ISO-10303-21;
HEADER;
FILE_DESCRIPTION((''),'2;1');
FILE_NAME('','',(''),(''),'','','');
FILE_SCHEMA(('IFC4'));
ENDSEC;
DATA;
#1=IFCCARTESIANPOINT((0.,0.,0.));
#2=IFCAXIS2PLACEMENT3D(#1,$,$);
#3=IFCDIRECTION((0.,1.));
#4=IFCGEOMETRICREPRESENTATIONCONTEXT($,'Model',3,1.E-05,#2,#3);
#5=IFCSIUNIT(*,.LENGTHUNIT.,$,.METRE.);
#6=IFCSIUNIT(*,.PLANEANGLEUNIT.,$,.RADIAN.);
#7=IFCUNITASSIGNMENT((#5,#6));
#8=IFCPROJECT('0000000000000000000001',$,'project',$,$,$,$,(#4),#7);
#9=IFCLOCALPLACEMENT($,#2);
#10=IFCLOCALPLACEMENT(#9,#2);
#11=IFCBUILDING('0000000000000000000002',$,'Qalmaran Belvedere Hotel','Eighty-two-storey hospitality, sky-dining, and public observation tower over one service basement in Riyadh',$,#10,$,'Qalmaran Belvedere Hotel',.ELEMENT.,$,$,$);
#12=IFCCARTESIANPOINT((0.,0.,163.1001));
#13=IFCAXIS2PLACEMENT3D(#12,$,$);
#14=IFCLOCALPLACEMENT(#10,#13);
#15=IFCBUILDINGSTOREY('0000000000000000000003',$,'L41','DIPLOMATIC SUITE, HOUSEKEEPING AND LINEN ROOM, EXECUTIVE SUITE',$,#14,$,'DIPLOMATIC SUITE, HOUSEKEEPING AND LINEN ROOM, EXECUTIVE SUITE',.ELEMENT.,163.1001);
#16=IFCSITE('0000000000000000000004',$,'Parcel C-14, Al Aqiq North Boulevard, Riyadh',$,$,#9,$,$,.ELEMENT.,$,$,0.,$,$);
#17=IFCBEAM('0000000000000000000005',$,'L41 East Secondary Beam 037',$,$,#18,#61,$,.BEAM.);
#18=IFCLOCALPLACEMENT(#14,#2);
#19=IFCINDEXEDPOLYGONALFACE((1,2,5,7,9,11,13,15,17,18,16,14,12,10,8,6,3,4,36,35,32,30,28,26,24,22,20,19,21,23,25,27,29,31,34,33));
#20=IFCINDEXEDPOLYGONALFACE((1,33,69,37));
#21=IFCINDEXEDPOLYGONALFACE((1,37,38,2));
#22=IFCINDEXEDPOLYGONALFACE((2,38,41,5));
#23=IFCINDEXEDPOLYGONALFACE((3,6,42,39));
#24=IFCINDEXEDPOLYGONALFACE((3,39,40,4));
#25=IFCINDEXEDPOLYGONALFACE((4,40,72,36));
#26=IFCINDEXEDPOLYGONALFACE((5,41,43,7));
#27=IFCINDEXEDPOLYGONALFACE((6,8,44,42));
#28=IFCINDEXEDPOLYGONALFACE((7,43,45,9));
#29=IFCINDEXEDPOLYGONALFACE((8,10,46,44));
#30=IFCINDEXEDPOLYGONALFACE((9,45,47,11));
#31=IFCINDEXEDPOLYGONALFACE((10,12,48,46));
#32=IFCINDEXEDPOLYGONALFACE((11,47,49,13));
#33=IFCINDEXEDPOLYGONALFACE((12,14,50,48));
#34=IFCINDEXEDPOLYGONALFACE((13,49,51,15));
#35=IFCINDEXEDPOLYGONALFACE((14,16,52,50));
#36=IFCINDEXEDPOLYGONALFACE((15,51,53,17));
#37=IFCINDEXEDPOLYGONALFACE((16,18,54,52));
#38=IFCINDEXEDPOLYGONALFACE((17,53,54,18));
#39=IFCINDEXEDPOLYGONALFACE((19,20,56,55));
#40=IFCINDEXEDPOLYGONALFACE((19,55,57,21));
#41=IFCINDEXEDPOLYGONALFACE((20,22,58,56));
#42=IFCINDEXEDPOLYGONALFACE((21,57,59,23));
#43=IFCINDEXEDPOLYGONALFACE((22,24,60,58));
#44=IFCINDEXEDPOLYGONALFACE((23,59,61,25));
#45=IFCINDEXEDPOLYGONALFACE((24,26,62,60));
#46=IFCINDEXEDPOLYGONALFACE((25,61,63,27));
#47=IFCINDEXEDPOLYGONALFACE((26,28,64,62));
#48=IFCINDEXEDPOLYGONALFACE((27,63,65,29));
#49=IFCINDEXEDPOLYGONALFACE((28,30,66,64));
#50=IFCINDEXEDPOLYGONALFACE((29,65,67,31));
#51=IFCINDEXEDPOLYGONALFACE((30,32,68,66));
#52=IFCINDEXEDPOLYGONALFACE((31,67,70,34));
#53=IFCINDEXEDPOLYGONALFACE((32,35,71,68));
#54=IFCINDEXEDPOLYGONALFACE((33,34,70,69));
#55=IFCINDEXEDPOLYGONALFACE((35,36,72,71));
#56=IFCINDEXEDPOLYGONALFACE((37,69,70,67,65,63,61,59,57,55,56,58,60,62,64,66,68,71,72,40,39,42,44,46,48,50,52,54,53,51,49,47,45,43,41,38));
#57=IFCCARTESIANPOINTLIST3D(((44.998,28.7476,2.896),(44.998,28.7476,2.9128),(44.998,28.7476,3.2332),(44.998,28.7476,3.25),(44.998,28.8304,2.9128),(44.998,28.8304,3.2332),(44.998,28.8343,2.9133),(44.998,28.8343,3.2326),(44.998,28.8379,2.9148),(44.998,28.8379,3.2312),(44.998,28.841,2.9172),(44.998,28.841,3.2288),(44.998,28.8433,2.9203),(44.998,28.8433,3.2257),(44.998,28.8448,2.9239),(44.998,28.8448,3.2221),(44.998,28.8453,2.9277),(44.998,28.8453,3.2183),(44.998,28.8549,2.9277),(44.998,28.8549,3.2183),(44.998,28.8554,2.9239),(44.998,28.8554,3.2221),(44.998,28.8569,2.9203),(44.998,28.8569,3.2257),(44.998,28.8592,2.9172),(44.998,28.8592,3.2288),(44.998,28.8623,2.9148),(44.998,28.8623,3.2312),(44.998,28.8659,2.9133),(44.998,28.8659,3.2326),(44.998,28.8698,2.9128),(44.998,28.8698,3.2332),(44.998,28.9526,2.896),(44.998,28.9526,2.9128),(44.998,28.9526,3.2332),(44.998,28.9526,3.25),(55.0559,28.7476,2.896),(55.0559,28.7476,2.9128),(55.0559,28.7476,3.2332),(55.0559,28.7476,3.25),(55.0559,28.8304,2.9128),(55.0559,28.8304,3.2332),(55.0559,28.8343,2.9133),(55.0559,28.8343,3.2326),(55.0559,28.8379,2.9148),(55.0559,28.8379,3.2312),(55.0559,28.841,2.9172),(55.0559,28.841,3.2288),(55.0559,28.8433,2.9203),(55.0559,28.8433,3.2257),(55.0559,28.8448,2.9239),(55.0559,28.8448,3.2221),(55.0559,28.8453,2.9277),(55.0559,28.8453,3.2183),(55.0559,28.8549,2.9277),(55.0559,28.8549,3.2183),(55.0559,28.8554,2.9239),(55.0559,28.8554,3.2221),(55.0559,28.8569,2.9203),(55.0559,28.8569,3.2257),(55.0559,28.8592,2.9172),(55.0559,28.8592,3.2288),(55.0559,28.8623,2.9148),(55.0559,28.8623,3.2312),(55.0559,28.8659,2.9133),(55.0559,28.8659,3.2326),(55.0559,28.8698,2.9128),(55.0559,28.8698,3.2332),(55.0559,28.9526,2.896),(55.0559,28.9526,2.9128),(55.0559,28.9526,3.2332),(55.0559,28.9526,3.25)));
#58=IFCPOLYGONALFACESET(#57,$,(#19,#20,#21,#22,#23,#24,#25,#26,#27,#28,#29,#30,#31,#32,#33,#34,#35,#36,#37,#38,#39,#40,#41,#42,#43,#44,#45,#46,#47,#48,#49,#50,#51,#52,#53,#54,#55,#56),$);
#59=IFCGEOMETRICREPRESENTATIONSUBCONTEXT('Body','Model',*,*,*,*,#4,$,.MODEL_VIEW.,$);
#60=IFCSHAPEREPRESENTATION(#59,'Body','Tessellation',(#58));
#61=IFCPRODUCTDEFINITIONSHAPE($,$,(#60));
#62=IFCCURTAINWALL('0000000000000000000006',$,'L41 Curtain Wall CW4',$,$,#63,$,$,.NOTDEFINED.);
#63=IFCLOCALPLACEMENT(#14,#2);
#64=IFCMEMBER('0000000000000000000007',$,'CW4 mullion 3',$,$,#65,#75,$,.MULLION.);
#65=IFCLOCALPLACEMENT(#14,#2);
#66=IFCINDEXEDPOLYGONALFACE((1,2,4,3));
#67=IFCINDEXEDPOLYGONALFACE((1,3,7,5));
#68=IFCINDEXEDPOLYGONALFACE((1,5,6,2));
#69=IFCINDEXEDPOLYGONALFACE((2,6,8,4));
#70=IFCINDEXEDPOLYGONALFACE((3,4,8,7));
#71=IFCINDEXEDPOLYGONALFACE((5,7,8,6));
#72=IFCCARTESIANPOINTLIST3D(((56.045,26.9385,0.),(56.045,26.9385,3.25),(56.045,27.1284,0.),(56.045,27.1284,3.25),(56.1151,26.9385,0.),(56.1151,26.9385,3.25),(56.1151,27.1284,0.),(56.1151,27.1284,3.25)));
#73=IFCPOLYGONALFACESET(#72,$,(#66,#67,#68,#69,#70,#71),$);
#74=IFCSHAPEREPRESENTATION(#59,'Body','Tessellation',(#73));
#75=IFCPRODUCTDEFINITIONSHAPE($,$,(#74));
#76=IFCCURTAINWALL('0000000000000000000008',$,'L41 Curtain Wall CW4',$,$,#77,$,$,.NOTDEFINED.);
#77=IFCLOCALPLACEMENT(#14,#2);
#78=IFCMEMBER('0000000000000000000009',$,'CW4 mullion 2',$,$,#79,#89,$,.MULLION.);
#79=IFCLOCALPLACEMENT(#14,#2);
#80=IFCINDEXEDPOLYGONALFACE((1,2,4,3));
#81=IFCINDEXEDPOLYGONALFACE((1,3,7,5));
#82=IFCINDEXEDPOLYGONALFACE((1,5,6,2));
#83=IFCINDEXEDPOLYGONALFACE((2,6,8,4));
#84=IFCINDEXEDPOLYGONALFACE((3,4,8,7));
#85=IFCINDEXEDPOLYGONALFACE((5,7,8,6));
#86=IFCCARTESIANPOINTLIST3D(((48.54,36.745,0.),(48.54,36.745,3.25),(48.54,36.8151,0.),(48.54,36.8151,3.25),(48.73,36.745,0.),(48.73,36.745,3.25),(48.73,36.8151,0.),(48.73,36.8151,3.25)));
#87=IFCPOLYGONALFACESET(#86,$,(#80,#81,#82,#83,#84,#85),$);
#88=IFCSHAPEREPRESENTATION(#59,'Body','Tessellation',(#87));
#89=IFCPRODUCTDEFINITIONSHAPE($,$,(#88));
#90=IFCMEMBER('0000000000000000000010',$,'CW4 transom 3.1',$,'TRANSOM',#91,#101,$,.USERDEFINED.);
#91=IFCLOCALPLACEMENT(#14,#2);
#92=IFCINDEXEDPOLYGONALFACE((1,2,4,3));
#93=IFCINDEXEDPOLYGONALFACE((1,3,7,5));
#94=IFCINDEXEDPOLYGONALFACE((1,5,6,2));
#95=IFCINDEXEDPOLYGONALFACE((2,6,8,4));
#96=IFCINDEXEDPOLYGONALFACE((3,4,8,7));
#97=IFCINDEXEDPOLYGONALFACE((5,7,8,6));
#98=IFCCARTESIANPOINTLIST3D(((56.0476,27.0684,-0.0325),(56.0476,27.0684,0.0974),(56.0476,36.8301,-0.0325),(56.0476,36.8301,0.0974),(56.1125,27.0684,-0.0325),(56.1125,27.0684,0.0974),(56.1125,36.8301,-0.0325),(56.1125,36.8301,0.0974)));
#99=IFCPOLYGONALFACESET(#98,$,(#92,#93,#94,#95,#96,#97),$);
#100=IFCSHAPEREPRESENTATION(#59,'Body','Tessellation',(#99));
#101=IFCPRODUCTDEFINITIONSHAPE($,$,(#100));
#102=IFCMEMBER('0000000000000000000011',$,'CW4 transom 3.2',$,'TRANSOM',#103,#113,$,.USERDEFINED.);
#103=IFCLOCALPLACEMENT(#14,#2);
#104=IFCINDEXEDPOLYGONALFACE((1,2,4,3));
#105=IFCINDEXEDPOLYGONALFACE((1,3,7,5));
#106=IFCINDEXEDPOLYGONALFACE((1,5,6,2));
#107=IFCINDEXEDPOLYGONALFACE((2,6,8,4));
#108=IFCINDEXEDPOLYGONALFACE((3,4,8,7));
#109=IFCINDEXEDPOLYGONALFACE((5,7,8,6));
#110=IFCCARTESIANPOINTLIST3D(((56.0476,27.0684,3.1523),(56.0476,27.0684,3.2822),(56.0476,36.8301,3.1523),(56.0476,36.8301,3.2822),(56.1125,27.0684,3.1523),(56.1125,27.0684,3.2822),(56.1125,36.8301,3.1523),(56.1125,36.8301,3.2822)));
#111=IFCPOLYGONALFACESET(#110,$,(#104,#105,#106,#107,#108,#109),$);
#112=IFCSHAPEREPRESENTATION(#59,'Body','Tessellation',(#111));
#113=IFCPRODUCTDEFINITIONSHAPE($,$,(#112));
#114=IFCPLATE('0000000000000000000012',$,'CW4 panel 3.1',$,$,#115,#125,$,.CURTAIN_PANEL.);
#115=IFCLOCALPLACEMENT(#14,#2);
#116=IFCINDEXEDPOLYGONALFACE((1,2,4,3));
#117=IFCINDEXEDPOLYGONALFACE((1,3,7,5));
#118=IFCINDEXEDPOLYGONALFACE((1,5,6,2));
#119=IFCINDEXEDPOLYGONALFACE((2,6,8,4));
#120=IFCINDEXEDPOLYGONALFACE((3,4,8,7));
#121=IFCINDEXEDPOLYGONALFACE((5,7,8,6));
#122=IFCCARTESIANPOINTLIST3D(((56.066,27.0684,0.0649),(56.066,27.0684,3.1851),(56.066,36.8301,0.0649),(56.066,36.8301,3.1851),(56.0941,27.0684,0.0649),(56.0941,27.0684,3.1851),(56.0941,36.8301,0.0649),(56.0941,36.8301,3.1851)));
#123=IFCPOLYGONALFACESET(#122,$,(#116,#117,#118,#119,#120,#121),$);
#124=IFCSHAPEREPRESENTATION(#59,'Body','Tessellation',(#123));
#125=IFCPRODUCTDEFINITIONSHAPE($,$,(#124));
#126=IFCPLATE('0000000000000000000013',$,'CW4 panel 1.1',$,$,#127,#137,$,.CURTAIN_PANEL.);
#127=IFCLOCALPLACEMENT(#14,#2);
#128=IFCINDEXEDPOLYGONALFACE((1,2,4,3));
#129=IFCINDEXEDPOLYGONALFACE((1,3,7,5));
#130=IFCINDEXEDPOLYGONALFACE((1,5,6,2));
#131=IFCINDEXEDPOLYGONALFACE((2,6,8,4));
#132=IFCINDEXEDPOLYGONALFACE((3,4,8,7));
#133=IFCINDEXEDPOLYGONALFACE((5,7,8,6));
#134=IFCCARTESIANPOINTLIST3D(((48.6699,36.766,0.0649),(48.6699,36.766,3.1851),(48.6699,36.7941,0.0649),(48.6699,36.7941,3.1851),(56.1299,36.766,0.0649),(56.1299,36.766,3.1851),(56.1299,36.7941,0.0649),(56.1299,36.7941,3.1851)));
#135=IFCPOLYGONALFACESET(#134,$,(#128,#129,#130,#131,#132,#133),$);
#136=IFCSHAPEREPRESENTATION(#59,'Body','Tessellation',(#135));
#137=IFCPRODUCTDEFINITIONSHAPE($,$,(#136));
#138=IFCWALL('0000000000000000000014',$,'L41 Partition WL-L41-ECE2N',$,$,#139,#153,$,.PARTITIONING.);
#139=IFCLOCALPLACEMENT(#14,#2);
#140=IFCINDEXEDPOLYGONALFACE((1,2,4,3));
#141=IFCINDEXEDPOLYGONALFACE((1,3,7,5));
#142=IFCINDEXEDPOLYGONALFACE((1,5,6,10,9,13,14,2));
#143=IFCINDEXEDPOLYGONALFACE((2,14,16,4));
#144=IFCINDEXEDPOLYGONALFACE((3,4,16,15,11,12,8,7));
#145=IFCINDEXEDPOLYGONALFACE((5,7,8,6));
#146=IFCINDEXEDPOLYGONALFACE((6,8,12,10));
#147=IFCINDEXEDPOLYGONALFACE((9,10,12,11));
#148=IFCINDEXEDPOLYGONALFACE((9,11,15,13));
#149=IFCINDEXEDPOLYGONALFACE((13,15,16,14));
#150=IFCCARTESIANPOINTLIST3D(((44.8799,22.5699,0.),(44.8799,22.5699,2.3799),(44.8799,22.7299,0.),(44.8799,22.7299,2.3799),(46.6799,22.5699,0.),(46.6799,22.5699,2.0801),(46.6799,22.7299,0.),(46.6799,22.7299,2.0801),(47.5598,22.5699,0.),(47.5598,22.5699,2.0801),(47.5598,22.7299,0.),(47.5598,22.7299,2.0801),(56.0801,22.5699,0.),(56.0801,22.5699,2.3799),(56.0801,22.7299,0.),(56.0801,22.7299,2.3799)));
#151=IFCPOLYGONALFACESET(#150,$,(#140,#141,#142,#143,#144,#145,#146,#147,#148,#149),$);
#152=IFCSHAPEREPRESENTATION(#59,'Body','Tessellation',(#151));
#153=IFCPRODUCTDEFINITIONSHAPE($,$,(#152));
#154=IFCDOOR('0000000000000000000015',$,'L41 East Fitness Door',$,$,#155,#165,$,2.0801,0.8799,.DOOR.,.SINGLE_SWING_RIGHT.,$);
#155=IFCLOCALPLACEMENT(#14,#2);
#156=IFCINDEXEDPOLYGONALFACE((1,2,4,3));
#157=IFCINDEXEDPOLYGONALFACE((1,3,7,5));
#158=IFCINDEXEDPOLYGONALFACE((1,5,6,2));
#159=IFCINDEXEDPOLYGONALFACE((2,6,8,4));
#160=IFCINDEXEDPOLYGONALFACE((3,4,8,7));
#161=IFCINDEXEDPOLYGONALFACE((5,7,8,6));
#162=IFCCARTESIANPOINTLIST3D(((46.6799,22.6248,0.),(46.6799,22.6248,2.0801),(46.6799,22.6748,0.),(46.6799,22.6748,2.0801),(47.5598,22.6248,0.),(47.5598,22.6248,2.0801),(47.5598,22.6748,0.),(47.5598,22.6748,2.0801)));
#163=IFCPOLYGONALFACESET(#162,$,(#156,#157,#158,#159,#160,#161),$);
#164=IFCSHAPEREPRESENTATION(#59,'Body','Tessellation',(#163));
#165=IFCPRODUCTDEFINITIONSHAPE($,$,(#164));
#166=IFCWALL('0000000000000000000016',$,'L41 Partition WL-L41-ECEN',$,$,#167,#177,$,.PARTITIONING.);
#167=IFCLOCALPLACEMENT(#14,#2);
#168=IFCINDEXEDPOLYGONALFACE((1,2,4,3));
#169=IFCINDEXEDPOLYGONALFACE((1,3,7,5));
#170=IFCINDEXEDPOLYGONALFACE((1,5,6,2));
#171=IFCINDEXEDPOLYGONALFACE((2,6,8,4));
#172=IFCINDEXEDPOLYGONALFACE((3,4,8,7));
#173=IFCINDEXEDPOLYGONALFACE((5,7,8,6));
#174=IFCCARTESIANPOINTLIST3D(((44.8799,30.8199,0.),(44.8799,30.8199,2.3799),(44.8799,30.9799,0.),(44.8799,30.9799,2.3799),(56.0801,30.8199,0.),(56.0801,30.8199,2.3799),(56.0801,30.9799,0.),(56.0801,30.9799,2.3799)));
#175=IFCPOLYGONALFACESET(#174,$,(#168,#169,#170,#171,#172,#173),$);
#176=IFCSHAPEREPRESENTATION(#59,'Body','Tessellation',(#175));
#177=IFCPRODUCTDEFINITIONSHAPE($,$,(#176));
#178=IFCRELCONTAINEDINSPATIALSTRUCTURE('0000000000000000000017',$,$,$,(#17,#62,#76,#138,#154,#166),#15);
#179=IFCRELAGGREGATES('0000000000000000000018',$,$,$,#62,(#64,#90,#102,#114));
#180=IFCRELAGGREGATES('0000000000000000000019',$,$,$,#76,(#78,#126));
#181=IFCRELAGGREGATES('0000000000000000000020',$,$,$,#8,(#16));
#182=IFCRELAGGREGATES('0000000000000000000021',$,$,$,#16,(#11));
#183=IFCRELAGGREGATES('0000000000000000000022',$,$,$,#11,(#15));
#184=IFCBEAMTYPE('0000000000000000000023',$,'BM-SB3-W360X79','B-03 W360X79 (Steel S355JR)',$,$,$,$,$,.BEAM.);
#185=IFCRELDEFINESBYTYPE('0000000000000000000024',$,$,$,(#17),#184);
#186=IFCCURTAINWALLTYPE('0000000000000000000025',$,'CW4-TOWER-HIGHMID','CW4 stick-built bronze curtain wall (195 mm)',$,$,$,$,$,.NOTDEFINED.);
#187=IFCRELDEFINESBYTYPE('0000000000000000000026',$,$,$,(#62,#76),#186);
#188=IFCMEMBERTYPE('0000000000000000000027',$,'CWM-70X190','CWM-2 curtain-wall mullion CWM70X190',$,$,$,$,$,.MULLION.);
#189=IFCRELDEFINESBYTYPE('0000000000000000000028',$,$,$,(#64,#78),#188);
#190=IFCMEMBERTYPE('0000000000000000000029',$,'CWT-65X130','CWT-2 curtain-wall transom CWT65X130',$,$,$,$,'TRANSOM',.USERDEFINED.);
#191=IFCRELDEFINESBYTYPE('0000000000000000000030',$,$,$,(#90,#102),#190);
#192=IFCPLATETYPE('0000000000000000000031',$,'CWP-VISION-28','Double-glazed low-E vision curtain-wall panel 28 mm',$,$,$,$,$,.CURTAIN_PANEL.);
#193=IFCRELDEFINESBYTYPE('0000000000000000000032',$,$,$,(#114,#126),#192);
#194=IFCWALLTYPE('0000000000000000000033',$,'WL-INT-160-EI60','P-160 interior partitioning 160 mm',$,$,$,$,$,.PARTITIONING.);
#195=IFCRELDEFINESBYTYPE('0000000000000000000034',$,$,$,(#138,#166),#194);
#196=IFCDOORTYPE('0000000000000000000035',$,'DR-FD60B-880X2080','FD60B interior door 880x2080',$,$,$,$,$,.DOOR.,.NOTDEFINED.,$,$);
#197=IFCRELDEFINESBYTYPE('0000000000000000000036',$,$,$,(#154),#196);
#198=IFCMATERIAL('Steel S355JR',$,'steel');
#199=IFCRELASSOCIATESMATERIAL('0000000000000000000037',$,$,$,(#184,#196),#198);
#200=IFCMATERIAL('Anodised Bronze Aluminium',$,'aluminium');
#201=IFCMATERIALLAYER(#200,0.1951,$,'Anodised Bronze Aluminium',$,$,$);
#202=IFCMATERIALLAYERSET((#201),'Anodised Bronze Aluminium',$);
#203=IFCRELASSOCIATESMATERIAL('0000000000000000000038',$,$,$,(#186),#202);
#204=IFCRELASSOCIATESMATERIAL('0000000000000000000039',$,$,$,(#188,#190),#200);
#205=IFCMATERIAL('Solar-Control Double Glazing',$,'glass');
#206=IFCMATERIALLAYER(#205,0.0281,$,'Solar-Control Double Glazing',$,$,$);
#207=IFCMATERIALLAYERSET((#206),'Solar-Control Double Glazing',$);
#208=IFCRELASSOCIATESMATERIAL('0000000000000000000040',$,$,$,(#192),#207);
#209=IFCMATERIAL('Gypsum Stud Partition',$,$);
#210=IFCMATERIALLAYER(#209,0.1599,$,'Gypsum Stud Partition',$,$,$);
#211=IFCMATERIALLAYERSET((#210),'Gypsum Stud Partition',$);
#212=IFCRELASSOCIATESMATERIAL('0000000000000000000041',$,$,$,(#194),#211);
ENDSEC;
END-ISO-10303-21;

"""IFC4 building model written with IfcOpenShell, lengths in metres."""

from ifc_helpers import new_model, si_unit, direction, frame, frame_2d, origin, origin_2d, place, context, subcontext, project, spatial, rectangle, i_section, extrude, material, layer, layer_set, material_profile, profile_set, type_object, element, fill, aggregate, save


model = new_model("IFC4")

# Units and contexts
model_context = context("Model", 3, precision=1e-05, world=origin(), true_north=direction((0.0, 1.0)))
body_context = subcontext(model_context, "Body", "Model", "MODEL_VIEW")
ifc_project = project(units=[si_unit("LENGTHUNIT", "METRE"), si_unit("PLANEANGLEUNIT", "RADIAN")], contexts=[model_context])

# Site, building, storey
site_placement = place(None, origin())
site = spatial("IfcSite", under=ifc_project, at=site_placement, Name="Parcel C-14, Al Aqiq North Boulevard, Riyadh", CompositionType="ELEMENT", RefElevation=0.0)
building_placement = place(site_placement, origin())
building = spatial("IfcBuilding", under=site, at=building_placement, Name="Qalmaran Belvedere Hotel", Description="Eighty-two-storey hospitality, sky-dining, and public observation tower over one service basement in Riyadh", LongName="Qalmaran Belvedere Hotel", CompositionType="ELEMENT")
storey_placement = place(building_placement, frame((0.0, 0.0, 163.1001)))
storey = spatial("IfcBuildingStorey", under=building, at=storey_placement, Name="L41", Description="DIPLOMATIC SUITE, HOUSEKEEPING AND LINEN ROOM, EXECUTIVE SUITE", LongName="DIPLOMATIC SUITE, HOUSEKEEPING AND LINEN ROOM, EXECUTIVE SUITE", CompositionType="ELEMENT", Elevation=163.1001)

# Beam
ifc_material_1 = material(Name="Steel S355JR", Category="steel")
ifc_material_profile_1 = material_profile(ifc_material_1, i_section(OverallWidth=0.2051, OverallDepth=0.354, WebThickness=0.0095, FlangeThickness=0.0168, FilletRadius=0.0149, at=origin_2d()), Name="W360X79")
ifc_profile_set_1 = profile_set([ifc_material_profile_1], Name="Steel S355JR")
beam_type_1 = type_object("IfcBeamType", Name="BM-SB3-W360X79", Description="B-03 W360X79 (Steel S355JR)", PredefinedType="BEAM", material=ifc_profile_set_1)
for number, where, z_axis, x_axis, name in (
    (1, (44.998, 28.8501, 3.073), (1.0, 0.0, 0.0), (0.0, 1.0, 0.0), "L41 East Secondary Beam 037"),
):
    element("IfcBeam", number, at=place(storey_placement, frame(where, z_axis=z_axis, x_axis=x_axis)), inside=storey, type_object=beam_type_1, Name=name, PredefinedType="BEAM", context=body_context, shape_type="SweptSolid", body=[
        extrude(i_section(OverallWidth=0.2051, OverallDepth=0.354, WebThickness=0.0095, FlangeThickness=0.0168, FilletRadius=0.0149, at=origin_2d()), origin(), (0.0, 0.0, 1.0), 10.0579),
    ])

# Curtain walls, members
ifc_material_2 = material(Name="Anodised Bronze Aluminium", Category="aluminium")
ifc_layer_1 = layer(ifc_material_2, 0.1951, Name="Anodised Bronze Aluminium")
ifc_layer_set_1 = layer_set([ifc_layer_1], Name="Anodised Bronze Aluminium")
curtain_wall_type = type_object("IfcCurtainWallType", Name="CW4-TOWER-HIGHMID", Description="CW4 stick-built bronze curtain wall (195 mm)", PredefinedType="NOTDEFINED", material=ifc_layer_set_1)
curtain_wall_1_placement = place(storey_placement, origin())
curtain_wall_1 = element("IfcCurtainWall", 2, at=curtain_wall_1_placement, inside=storey, type_object=curtain_wall_type, Name="L41 Curtain Wall CW4", PredefinedType="NOTDEFINED")
ifc_material_profile_2 = material_profile(ifc_material_2, rectangle(XDim=0.0701, YDim=0.1899, at=origin_2d()), Name="CWM70X190")
ifc_profile_set_2 = profile_set([ifc_material_profile_2], Name="Anodised Bronze Aluminium")
member_type_1 = type_object("IfcMemberType", Name="CWM-70X190", Description="CWM-2 curtain-wall mullion CWM70X190", PredefinedType="MULLION", material=ifc_profile_set_2)
member_1_placement = place(storey_placement, frame((56.0801, 27.0334, 0.0), z_axis=(0.0, 0.0, 1.0), x_axis=(-1.0, 0.0, 0.0)))
member_1 = element("IfcMember", 3, at=member_1_placement, type_object=member_type_1, Name="CW4 mullion 3", PredefinedType="MULLION", context=body_context, shape_type="SweptSolid", body=[
    extrude(rectangle(XDim=0.0701, YDim=0.1899, at=origin_2d()), origin(), (0.0, 0.0, 1.0), 3.25),
])
curtain_wall_2_placement = place(storey_placement, origin())
curtain_wall_2 = element("IfcCurtainWall", 4, at=curtain_wall_2_placement, inside=storey, type_object=curtain_wall_type, Name="L41 Curtain Wall CW4", PredefinedType="NOTDEFINED")
member_2_placement = place(storey_placement, frame((48.635, 36.78, 0.0), z_axis=(0.0, 0.0, 1.0), x_axis=(0.0, -1.0, 0.0)))
member_2 = element("IfcMember", 5, at=member_2_placement, type_object=member_type_1, Name="CW4 mullion 2", PredefinedType="MULLION", context=body_context, shape_type="SweptSolid", body=[
    extrude(rectangle(XDim=0.0701, YDim=0.1899, at=origin_2d()), origin(), (0.0, 0.0, 1.0), 3.25),
])

# Members
ifc_material_profile_3 = material_profile(ifc_material_2, rectangle(XDim=0.0649, YDim=0.1299, at=origin_2d()), Name="CWT65X130")
ifc_profile_set_3 = profile_set([ifc_material_profile_3], Name="Anodised Bronze Aluminium")
member_type_2 = type_object("IfcMemberType", Name="CWT-65X130", Description="CWT-2 curtain-wall transom CWT65X130", ElementType="TRANSOM", PredefinedType="USERDEFINED", material=ifc_profile_set_3)
member_3_placement = place(storey_placement, frame((56.0801, 27.0684, 0.0325), z_axis=(0.0, 1.0, 0.0), x_axis=(-1.0, 0.0, 0.0)))
member_3 = element("IfcMember", 6, at=member_3_placement, type_object=member_type_2, Name="CW4 transom 3.1", ObjectType="TRANSOM", PredefinedType="USERDEFINED", context=body_context, shape_type="SweptSolid", body=[
    extrude(rectangle(XDim=0.0649, YDim=0.1299, at=origin_2d()), origin(), (0.0, 0.0, 1.0), 9.7617),
])
member_4_placement = place(storey_placement, frame((56.0801, 27.0684, 3.2173), z_axis=(0.0, 1.0, 0.0), x_axis=(-1.0, 0.0, 0.0)))
member_4 = element("IfcMember", 7, at=member_4_placement, type_object=member_type_2, Name="CW4 transom 3.2", ObjectType="TRANSOM", PredefinedType="USERDEFINED", context=body_context, shape_type="SweptSolid", body=[
    extrude(rectangle(XDim=0.0649, YDim=0.1299, at=origin_2d()), origin(), (0.0, 0.0, 1.0), 9.7617),
])

# Plates
ifc_material_3 = material(Name="Solar-Control Double Glazing", Category="glass")
ifc_layer_2 = layer(ifc_material_3, 0.0281, Name="Solar-Control Double Glazing")
ifc_layer_set_2 = layer_set([ifc_layer_2], Name="Solar-Control Double Glazing")
plate_type = type_object("IfcPlateType", Name="CWP-VISION-28", Description="Double-glazed low-E vision curtain-wall panel 28 mm", PredefinedType="CURTAIN_PANEL", material=ifc_layer_set_2)
plate_1_placement = place(storey_placement, frame((56.0801, 31.9492, 0.0649), z_axis=(0.0, 0.0, 1.0), x_axis=(0.0, 1.0, 0.0)))
plate_1 = element("IfcPlate", 8, at=plate_1_placement, type_object=plate_type, Name="CW4 panel 3.1", PredefinedType="CURTAIN_PANEL", context=body_context, shape_type="SweptSolid", body=[
    extrude(rectangle(XDim=9.7617, YDim=0.0281, at=origin_2d()), origin(), (0.0, 0.0, 1.0), 3.1201),
])
aggregate(curtain_wall_1, [member_1, member_3, member_4, plate_1])
plate_2_placement = place(storey_placement, frame((52.3999, 36.78, 0.0649), z_axis=(0.0, 0.0, 1.0), x_axis=(-1.0, 0.0, 0.0)))
plate_2 = element("IfcPlate", 9, at=plate_2_placement, type_object=plate_type, Name="CW4 panel 1.1", PredefinedType="CURTAIN_PANEL", context=body_context, shape_type="SweptSolid", body=[
    extrude(rectangle(XDim=7.46, YDim=0.0281, at=origin_2d()), origin(), (0.0, 0.0, 1.0), 3.1201),
])
aggregate(curtain_wall_2, [member_2, plate_2])

# Wall, opening, door
ifc_material_4 = material(Name="Gypsum Stud Partition")
ifc_layer_3 = layer(ifc_material_4, 0.1599, Name="Gypsum Stud Partition")
ifc_layer_set_3 = layer_set([ifc_layer_3], Name="Gypsum Stud Partition")
wall_type_1 = type_object("IfcWallType", Name="WL-INT-160-EI60", Description="P-160 interior partitioning 160 mm", PredefinedType="PARTITIONING", material=ifc_layer_set_3)
wall_1_placement = place(storey_placement, frame((44.8799, 22.6499, 0.0), z_axis=(0.0, 0.0, 1.0), x_axis=(1.0, 0.0, 0.0)))
wall_1 = element("IfcWall", 10, at=wall_1_placement, inside=storey, type_object=wall_type_1, Name="L41 Partition WL-L41-ECE2N", PredefinedType="PARTITIONING", context=body_context, shape_type="SweptSolid", body=[
    extrude(rectangle(XDim=11.2002, YDim=0.1599, at=frame_2d((5.6001, 0.0))), origin(), (0.0, 0.0, 1.0), 2.3799),
])
opening_1_placement = place(wall_1_placement, frame((1.8, 0.0, 0.0)))
opening_1 = element("IfcOpeningElement", 11, at=opening_1_placement, cuts=wall_1, PredefinedType="OPENING", context=body_context, shape_type="SweptSolid", body=[
    extrude(rectangle(XDim=0.8799, YDim=2.0801, at=frame_2d((0.4399, 1.04))), frame((0.0, 0.0898, 0.0), z_axis=(0.0, -1.0, 0.0), x_axis=(1.0, 0.0, 0.0)), (0.0, 0.0, 1.0), 0.1799),
])
door_type_1 = type_object("IfcDoorType", Name="DR-FD60B-880X2080", Description="FD60B interior door 880x2080", OperationType="NOTDEFINED", PredefinedType="DOOR", material=ifc_material_1)
door_1_placement = place(opening_1_placement, origin())
door_1 = element("IfcDoor", 12, at=door_1_placement, inside=storey, type_object=door_type_1, Name="L41 East Fitness Door", OperationType="SINGLE_SWING_RIGHT", OverallHeight=2.0801, OverallWidth=0.8799, PredefinedType="DOOR", context=body_context, shape_type="SweptSolid", body=[
    extrude(rectangle(XDim=0.8799, YDim=2.0801, at=frame_2d((0.4399, 1.04))), frame((0.0, 0.0249, 0.0), z_axis=(0.0, -1.0, 0.0), x_axis=(1.0, 0.0, 0.0)), (0.0, 0.0, 1.0), 0.05),
])
fill(opening_1, door_1)

# Wall
wall_2_placement = place(storey_placement, frame((44.8799, 30.8999, 0.0), z_axis=(0.0, 0.0, 1.0), x_axis=(1.0, 0.0, 0.0)))
element("IfcWall", 13, at=wall_2_placement, inside=storey, type_object=wall_type_1, Name="L41 Partition WL-L41-ECEN", PredefinedType="PARTITIONING", context=body_context, shape_type="SweptSolid", body=[
    extrude(rectangle(XDim=11.2002, YDim=0.1599, at=frame_2d((5.6001, 0.0))), origin(), (0.0, 0.0, 1.0), 2.3799),
])

save(model, "model.ifc")
